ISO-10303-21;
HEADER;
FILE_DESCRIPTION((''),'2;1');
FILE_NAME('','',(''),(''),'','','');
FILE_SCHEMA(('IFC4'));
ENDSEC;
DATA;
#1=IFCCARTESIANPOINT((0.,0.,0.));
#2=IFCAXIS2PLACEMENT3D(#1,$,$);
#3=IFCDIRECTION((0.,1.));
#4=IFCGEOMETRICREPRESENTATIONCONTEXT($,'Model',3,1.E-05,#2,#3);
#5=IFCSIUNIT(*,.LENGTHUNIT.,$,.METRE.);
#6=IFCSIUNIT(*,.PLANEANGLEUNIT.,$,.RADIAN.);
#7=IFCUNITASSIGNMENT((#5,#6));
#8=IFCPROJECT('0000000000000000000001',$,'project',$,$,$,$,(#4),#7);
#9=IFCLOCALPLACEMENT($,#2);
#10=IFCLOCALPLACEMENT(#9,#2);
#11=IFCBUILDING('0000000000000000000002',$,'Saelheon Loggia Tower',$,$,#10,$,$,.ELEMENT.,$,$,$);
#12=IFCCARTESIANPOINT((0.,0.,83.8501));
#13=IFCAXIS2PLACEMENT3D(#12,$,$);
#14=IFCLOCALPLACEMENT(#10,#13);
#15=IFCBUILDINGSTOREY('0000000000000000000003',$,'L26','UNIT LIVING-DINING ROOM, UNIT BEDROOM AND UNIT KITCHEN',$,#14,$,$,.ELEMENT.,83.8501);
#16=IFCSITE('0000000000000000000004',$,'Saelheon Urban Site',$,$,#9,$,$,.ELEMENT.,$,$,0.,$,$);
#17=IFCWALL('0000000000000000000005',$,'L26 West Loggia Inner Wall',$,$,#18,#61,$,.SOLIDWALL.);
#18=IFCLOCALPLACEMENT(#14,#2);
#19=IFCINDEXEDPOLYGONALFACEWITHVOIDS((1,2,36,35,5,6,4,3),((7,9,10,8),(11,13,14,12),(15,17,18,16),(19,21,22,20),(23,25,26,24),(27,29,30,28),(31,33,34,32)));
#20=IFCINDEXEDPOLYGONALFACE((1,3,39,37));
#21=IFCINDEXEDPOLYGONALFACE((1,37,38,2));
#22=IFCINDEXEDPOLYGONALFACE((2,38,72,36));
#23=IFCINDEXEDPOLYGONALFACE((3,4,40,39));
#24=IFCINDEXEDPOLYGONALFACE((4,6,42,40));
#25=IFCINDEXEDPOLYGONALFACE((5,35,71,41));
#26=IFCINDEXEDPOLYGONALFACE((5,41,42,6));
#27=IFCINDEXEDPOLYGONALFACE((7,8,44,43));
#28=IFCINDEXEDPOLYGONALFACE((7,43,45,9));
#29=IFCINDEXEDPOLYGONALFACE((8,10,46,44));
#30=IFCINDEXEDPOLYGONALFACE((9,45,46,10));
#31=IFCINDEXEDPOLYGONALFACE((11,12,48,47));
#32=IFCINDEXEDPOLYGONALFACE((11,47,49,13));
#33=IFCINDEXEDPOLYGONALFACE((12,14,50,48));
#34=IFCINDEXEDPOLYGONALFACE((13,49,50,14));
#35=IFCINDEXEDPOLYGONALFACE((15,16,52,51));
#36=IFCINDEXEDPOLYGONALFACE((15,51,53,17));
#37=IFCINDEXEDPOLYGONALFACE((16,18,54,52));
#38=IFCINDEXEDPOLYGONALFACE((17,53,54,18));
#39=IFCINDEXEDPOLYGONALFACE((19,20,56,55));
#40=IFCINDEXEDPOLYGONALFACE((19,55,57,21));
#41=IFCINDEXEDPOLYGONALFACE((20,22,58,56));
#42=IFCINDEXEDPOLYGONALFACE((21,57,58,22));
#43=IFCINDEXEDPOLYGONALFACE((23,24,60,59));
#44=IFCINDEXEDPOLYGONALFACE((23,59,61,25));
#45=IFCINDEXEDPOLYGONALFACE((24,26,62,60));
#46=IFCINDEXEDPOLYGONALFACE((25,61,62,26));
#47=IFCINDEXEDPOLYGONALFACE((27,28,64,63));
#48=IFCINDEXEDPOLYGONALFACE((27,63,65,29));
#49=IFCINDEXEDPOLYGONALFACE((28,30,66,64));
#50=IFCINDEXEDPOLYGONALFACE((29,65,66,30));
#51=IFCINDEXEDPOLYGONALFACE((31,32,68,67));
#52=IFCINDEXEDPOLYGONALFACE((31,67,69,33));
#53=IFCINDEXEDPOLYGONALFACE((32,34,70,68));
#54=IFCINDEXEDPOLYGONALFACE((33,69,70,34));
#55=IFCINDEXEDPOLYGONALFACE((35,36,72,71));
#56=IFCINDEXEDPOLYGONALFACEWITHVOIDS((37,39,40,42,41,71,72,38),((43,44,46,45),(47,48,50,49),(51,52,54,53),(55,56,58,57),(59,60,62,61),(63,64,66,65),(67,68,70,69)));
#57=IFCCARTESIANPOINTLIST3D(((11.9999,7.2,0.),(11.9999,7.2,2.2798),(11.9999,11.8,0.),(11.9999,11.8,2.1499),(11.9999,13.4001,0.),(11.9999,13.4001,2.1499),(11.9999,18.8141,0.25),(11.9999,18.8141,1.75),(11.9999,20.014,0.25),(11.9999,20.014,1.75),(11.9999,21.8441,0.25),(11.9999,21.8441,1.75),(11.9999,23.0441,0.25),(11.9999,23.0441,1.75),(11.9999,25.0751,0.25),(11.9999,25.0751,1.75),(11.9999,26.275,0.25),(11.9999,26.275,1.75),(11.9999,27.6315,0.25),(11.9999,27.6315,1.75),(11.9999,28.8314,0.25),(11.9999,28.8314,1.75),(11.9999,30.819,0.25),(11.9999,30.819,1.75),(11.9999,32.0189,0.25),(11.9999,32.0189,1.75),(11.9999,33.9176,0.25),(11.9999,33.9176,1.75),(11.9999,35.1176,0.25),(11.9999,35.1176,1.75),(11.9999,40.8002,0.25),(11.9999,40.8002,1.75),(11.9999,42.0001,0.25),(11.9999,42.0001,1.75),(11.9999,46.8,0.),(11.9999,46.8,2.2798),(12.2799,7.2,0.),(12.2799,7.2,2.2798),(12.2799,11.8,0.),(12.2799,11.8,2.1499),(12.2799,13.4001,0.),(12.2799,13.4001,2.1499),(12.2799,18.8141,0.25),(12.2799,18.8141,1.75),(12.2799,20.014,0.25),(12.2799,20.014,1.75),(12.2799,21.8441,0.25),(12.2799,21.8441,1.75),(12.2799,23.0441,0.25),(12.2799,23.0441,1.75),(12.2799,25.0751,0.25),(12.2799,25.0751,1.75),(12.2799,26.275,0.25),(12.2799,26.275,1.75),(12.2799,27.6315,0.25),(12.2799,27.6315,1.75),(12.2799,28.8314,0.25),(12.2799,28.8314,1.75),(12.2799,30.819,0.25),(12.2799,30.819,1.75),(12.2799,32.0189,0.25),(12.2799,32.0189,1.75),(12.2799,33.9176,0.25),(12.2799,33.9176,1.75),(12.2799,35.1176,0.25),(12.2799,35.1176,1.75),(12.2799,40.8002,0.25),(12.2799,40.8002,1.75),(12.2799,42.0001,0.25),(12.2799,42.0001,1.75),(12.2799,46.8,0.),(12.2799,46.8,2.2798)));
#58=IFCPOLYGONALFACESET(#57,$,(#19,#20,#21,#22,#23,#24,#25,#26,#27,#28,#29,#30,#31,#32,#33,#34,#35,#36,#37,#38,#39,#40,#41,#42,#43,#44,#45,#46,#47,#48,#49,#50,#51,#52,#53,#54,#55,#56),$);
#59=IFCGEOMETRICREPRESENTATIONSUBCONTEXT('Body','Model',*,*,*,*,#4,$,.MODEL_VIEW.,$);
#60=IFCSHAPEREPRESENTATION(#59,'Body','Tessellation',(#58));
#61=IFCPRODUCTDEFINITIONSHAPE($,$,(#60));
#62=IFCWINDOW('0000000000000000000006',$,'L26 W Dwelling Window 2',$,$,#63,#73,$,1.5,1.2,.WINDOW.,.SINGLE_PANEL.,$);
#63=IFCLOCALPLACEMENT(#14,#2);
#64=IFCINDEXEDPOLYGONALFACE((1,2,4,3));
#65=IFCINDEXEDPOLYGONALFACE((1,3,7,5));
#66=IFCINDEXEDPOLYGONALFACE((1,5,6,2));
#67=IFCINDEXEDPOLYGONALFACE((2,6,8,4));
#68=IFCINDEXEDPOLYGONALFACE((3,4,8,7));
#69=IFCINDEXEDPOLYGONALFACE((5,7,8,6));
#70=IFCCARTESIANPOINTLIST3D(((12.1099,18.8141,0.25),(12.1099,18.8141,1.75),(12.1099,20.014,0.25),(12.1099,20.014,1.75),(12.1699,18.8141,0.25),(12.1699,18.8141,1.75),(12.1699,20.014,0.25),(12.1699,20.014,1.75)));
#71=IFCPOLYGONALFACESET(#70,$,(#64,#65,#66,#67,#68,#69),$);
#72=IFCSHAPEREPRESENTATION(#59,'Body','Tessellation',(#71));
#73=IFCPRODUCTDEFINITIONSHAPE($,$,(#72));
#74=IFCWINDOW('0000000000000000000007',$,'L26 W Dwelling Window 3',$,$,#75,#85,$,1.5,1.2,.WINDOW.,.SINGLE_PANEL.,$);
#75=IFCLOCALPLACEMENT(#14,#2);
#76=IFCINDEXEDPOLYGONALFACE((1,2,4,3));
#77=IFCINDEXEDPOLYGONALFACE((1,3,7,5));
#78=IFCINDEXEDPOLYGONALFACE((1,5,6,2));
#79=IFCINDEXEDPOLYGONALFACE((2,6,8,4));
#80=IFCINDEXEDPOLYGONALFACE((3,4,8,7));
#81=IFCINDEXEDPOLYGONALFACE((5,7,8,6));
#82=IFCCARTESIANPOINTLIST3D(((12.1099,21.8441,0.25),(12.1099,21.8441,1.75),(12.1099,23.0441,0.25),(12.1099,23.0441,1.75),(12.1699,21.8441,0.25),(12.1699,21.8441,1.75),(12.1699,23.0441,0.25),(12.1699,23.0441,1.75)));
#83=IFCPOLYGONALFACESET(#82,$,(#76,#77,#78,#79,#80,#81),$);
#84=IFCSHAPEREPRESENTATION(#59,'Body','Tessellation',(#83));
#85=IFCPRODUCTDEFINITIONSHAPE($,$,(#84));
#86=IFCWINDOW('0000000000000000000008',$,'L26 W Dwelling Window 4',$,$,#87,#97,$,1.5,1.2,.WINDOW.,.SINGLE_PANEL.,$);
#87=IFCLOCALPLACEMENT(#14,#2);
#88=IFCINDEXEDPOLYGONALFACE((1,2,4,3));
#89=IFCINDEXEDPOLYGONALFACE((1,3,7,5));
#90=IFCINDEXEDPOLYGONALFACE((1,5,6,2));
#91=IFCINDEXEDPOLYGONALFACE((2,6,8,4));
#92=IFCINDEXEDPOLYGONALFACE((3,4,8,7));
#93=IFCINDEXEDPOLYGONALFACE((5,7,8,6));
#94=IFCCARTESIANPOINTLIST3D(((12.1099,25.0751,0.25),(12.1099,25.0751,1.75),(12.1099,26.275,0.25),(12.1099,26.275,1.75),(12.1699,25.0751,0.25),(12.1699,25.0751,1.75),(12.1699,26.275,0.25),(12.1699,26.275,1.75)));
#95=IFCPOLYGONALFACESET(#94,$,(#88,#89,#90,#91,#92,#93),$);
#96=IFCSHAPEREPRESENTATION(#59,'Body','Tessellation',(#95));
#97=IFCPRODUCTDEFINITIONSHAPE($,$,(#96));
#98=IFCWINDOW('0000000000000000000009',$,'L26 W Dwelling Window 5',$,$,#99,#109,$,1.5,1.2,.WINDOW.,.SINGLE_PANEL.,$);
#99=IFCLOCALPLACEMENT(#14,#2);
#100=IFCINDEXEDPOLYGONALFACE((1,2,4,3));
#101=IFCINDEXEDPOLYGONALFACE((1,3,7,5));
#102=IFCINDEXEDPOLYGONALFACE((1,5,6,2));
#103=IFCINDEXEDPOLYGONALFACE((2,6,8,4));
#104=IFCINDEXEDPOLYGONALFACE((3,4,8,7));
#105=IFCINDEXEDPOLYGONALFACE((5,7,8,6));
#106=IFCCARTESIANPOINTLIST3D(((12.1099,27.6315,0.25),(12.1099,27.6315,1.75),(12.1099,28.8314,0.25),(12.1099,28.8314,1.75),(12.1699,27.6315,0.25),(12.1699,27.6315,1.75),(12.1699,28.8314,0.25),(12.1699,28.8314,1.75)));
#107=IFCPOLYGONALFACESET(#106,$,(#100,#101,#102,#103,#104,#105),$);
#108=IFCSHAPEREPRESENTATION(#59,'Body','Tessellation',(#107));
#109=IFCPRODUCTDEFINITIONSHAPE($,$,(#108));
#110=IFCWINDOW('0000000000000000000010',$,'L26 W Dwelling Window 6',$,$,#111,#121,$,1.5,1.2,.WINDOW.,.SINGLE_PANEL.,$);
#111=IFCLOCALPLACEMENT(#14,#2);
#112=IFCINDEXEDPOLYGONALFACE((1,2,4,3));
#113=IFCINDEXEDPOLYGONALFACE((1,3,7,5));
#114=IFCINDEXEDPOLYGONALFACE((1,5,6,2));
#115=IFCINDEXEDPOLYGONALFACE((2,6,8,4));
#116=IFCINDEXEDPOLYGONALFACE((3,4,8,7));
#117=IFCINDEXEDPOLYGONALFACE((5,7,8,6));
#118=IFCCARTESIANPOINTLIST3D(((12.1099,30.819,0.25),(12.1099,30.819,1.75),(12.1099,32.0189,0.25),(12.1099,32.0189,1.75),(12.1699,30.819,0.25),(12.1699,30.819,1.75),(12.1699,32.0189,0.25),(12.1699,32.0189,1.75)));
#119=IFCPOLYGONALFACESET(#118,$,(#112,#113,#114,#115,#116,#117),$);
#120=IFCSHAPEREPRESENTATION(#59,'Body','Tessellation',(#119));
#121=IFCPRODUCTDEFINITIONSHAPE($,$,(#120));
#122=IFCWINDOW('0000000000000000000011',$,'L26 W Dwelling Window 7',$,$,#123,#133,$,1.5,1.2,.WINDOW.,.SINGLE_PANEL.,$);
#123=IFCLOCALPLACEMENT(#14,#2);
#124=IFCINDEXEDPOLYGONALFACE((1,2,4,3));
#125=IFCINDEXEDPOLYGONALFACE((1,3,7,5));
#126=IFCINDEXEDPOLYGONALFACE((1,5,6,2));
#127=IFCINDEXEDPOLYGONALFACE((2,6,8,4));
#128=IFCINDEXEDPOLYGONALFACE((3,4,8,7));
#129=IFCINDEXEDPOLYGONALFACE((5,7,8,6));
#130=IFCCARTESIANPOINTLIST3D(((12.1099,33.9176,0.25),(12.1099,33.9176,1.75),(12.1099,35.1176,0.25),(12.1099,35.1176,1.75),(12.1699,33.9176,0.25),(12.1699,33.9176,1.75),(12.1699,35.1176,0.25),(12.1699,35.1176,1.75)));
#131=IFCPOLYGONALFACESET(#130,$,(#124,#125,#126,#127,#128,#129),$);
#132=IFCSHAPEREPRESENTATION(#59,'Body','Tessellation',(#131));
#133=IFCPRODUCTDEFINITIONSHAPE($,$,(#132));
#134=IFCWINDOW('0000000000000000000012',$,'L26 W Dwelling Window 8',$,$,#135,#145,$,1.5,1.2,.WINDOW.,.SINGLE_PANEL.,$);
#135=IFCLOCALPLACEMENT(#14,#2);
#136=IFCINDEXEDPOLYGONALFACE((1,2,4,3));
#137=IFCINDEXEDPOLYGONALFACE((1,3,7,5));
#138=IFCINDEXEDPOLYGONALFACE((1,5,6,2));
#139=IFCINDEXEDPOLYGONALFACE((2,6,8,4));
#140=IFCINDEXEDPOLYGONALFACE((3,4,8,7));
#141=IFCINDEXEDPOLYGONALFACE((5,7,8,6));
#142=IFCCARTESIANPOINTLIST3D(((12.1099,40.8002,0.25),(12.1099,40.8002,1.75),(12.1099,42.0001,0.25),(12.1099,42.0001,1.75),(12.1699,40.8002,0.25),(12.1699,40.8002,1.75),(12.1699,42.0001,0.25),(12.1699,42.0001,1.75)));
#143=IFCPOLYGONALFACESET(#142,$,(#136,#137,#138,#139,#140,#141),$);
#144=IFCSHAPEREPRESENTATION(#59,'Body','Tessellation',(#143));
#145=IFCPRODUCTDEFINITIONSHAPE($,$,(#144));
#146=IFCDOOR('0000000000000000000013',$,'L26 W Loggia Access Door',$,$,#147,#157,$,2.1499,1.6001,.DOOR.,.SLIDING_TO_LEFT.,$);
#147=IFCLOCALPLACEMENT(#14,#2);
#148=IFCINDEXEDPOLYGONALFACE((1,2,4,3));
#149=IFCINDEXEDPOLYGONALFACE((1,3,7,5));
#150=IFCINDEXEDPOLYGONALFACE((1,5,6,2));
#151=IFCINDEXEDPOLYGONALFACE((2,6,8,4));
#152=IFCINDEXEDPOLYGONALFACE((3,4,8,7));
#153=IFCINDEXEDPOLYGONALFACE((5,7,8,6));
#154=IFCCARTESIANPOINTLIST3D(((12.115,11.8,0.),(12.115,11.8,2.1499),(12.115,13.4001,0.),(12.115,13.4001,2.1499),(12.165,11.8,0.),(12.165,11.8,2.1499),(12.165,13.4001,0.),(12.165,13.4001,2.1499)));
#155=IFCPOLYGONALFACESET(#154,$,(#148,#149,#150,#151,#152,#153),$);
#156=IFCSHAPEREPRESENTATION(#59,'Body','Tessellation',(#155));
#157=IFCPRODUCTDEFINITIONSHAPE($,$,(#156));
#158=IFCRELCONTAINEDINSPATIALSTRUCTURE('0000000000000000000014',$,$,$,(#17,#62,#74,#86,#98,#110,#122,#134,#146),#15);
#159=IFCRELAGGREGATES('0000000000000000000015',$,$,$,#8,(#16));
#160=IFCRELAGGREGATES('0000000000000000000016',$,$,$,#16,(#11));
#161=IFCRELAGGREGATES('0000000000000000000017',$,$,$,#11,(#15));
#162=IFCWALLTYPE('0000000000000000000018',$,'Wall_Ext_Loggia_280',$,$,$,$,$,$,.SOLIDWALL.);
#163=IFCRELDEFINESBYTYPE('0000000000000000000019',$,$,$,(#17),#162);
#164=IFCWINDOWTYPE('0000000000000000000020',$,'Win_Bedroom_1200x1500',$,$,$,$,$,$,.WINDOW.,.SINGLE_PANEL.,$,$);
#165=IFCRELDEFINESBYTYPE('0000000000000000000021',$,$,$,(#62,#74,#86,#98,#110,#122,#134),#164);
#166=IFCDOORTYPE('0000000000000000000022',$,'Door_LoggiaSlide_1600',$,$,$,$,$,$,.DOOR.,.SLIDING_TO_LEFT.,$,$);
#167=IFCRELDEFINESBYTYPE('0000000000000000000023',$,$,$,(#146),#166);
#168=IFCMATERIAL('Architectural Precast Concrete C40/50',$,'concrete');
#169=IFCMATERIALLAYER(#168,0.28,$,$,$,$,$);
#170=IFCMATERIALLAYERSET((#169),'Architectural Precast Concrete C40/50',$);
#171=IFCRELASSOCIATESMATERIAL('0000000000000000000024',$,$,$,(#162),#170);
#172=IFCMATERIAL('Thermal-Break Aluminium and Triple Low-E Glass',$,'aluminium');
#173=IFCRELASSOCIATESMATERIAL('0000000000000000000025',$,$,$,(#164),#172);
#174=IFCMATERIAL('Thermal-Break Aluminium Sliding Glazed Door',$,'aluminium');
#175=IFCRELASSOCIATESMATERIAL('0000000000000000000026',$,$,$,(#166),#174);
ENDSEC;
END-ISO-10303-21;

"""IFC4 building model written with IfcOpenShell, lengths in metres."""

from ifc_helpers import new_model, si_unit, direction, frame, frame_2d, origin, place, context, subcontext, project, spatial, rectangle, extrude, source, transform, mapped, material, layer, layer_set, type_object, element, fill, save


model = new_model("IFC4")

# Units and contexts
model_context = context("Model", 3, precision=1e-05, world=origin(), true_north=direction((0.0, 1.0)))
body_context = subcontext(model_context, "Body", "Model", "MODEL_VIEW")
ifc_project = project(units=[si_unit("LENGTHUNIT", "METRE"), si_unit("PLANEANGLEUNIT", "RADIAN")], contexts=[model_context])

# Site, building, storey
site_placement = place(None, origin())
site = spatial("IfcSite", under=ifc_project, at=site_placement, Name="Saelheon Urban Site", CompositionType="ELEMENT", RefElevation=0.0)
building_placement = place(site_placement, origin())
building = spatial("IfcBuilding", under=site, at=building_placement, Name="Saelheon Loggia Tower", CompositionType="ELEMENT")
storey_placement = place(building_placement, frame((0.0, 0.0, 83.8501)))
storey = spatial("IfcBuildingStorey", under=building, at=storey_placement, Name="L26", Description="UNIT LIVING-DINING ROOM, UNIT BEDROOM AND UNIT KITCHEN", CompositionType="ELEMENT", Elevation=83.8501)

# Wall, openings, windows, door
ifc_material_1 = material(Name="Architectural Precast Concrete C40/50", Category="concrete")
ifc_layer_1 = layer(ifc_material_1, 0.28)
ifc_layer_set_1 = layer_set([ifc_layer_1], Name="Architectural Precast Concrete C40/50")
wall_type = type_object("IfcWallType", Name="Wall_Ext_Loggia_280", PredefinedType="SOLIDWALL", material=ifc_layer_set_1)
wall_1_placement = place(storey_placement, frame((12.1399, 7.2, 0.0), z_axis=(0.0, 0.0, 1.0), x_axis=(0.0, 1.0, 0.0)))
wall_1 = element("IfcWall", 1, at=wall_1_placement, inside=storey, type_object=wall_type, Name="L26 West Loggia Inner Wall", PredefinedType="SOLIDWALL", context=body_context, shape_type="SweptSolid", body=[
    extrude(rectangle(XDim=39.6001, YDim=0.28, at=frame_2d((19.8, 0.0))), origin(), (0.0, 0.0, 1.0), 2.2798),
])
opening_1_placement = place(wall_1_placement, frame((4.6001, 0.0, 0.0)))
opening_1 = element("IfcOpeningElement", 2, at=opening_1_placement, cuts=wall_1, PredefinedType="OPENING", context=body_context, shape_type="SweptSolid", body=[
    extrude(rectangle(XDim=1.6001, YDim=2.1499, at=frame_2d((0.8, 1.075))), frame((0.0, 0.1521, 0.0), z_axis=(0.0, -1.0, 0.0), x_axis=(1.0, 0.0, 0.0)), (0.0, 0.0, 1.0), 0.304),
])
opening_2_placement = place(wall_1_placement, frame((11.614, 0.0, 0.25)))
opening_2 = element("IfcOpeningElement", 3, at=opening_2_placement, cuts=wall_1, PredefinedType="OPENING", context=body_context, shape_type="SweptSolid", body=[
    extrude(rectangle(XDim=1.2, YDim=1.5, at=frame_2d((0.6001, 0.75))), frame((0.0, 0.1521, 0.0), z_axis=(0.0, -1.0, 0.0), x_axis=(1.0, 0.0, 0.0)), (0.0, 0.0, 1.0), 0.304),
])
opening_3_placement = place(wall_1_placement, frame((14.644, 0.0, 0.25)))
opening_3 = element("IfcOpeningElement", 4, at=opening_3_placement, cuts=wall_1, PredefinedType="OPENING", context=body_context, shape_type="SweptSolid", body=[
    extrude(rectangle(XDim=1.2, YDim=1.5, at=frame_2d((0.6001, 0.75))), frame((0.0, 0.1521, 0.0), z_axis=(0.0, -1.0, 0.0), x_axis=(1.0, 0.0, 0.0)), (0.0, 0.0, 1.0), 0.304),
])
opening_4_placement = place(wall_1_placement, frame((17.875, 0.0, 0.25)))
opening_4 = element("IfcOpeningElement", 5, at=opening_4_placement, cuts=wall_1, PredefinedType="OPENING", context=body_context, shape_type="SweptSolid", body=[
    extrude(rectangle(XDim=1.2, YDim=1.5, at=frame_2d((0.6001, 0.75))), frame((0.0, 0.1521, 0.0), z_axis=(0.0, -1.0, 0.0), x_axis=(1.0, 0.0, 0.0)), (0.0, 0.0, 1.0), 0.304),
])
opening_5_placement = place(wall_1_placement, frame((20.4314, 0.0, 0.25)))
opening_5 = element("IfcOpeningElement", 6, at=opening_5_placement, cuts=wall_1, PredefinedType="OPENING", context=body_context, shape_type="SweptSolid", body=[
    extrude(rectangle(XDim=1.2, YDim=1.5, at=frame_2d((0.6001, 0.75))), frame((0.0, 0.1521, 0.0), z_axis=(0.0, -1.0, 0.0), x_axis=(1.0, 0.0, 0.0)), (0.0, 0.0, 1.0), 0.304),
])
opening_6_placement = place(wall_1_placement, frame((23.6189, 0.0, 0.25)))
opening_6 = element("IfcOpeningElement", 7, at=opening_6_placement, cuts=wall_1, PredefinedType="OPENING", context=body_context, shape_type="SweptSolid", body=[
    extrude(rectangle(XDim=1.2, YDim=1.5, at=frame_2d((0.6001, 0.75))), frame((0.0, 0.1521, 0.0), z_axis=(0.0, -1.0, 0.0), x_axis=(1.0, 0.0, 0.0)), (0.0, 0.0, 1.0), 0.304),
])
opening_7_placement = place(wall_1_placement, frame((26.7175, 0.0, 0.25)))
opening_7 = element("IfcOpeningElement", 8, at=opening_7_placement, cuts=wall_1, PredefinedType="OPENING", context=body_context, shape_type="SweptSolid", body=[
    extrude(rectangle(XDim=1.2, YDim=1.5, at=frame_2d((0.6001, 0.75))), frame((0.0, 0.1521, 0.0), z_axis=(0.0, -1.0, 0.0), x_axis=(1.0, 0.0, 0.0)), (0.0, 0.0, 1.0), 0.304),
])
opening_8_placement = place(wall_1_placement, frame((33.6001, 0.0, 0.25)))
opening_8 = element("IfcOpeningElement", 9, at=opening_8_placement, cuts=wall_1, PredefinedType="OPENING", context=body_context, shape_type="SweptSolid", body=[
    extrude(rectangle(XDim=1.2, YDim=1.5, at=frame_2d((0.6001, 0.75))), frame((0.0, 0.1521, 0.0), z_axis=(0.0, -1.0, 0.0), x_axis=(1.0, 0.0, 0.0)), (0.0, 0.0, 1.0), 0.304),
])
ifc_material_2 = material(Name="Thermal-Break Aluminium and Triple Low-E Glass", Category="aluminium")
window_type = type_object("IfcWindowType", Name="Win_Bedroom_1200x1500", PartitioningType="SINGLE_PANEL", PredefinedType="WINDOW", material=ifc_material_2)
shared_shape_1 = source(origin(), body_context, "Body", "SweptSolid", [
    extrude(rectangle(XDim=1.2, YDim=1.5, at=frame_2d((0.6001, 0.75))), frame((0.0, 0.03, 0.0), z_axis=(0.0, -1.0, 0.0), x_axis=(1.0, 0.0, 0.0)), (0.0, 0.0, 1.0), 0.0601),
])
window_1_placement = place(opening_2_placement, origin())
window_1 = element("IfcWindow", 10, at=window_1_placement, inside=storey, type_object=window_type, Name="L26 W Dwelling Window 2", OverallHeight=1.5, OverallWidth=1.2, PartitioningType="SINGLE_PANEL", PredefinedType="WINDOW", context=body_context, shape_type="MappedRepresentation", body=[
    mapped(shared_shape_1, transform((0.0, 0.0, 0.0), scale=1.0)),
])
fill(opening_2, window_1)
window_2_placement = place(opening_3_placement, origin())
window_2 = element("IfcWindow", 11, at=window_2_placement, inside=storey, type_object=window_type, Name="L26 W Dwelling Window 3", OverallHeight=1.5, OverallWidth=1.2, PartitioningType="SINGLE_PANEL", PredefinedType="WINDOW", context=body_context, shape_type="MappedRepresentation", body=[
    mapped(shared_shape_1, transform((0.0, 0.0, 0.0), scale=1.0)),
])
fill(opening_3, window_2)
window_3_placement = place(opening_4_placement, origin())
window_3 = element("IfcWindow", 12, at=window_3_placement, inside=storey, type_object=window_type, Name="L26 W Dwelling Window 4", OverallHeight=1.5, OverallWidth=1.2, PartitioningType="SINGLE_PANEL", PredefinedType="WINDOW", context=body_context, shape_type="MappedRepresentation", body=[
    mapped(shared_shape_1, transform((0.0, 0.0, 0.0), scale=1.0)),
])
fill(opening_4, window_3)
window_4_placement = place(opening_5_placement, origin())
window_4 = element("IfcWindow", 13, at=window_4_placement, inside=storey, type_object=window_type, Name="L26 W Dwelling Window 5", OverallHeight=1.5, OverallWidth=1.2, PartitioningType="SINGLE_PANEL", PredefinedType="WINDOW", context=body_context, shape_type="MappedRepresentation", body=[
    mapped(shared_shape_1, transform((0.0, 0.0, 0.0), scale=1.0)),
])
fill(opening_5, window_4)
window_5_placement = place(opening_6_placement, origin())
window_5 = element("IfcWindow", 14, at=window_5_placement, inside=storey, type_object=window_type, Name="L26 W Dwelling Window 6", OverallHeight=1.5, OverallWidth=1.2, PartitioningType="SINGLE_PANEL", PredefinedType="WINDOW", context=body_context, shape_type="MappedRepresentation", body=[
    mapped(shared_shape_1, transform((0.0, 0.0, 0.0), scale=1.0)),
])
fill(opening_6, window_5)
window_6_placement = place(opening_7_placement, origin())
window_6 = element("IfcWindow", 15, at=window_6_placement, inside=storey, type_object=window_type, Name="L26 W Dwelling Window 7", OverallHeight=1.5, OverallWidth=1.2, PartitioningType="SINGLE_PANEL", PredefinedType="WINDOW", context=body_context, shape_type="MappedRepresentation", body=[
    mapped(shared_shape_1, transform((0.0, 0.0, 0.0), scale=1.0)),
])
fill(opening_7, window_6)
window_7_placement = place(opening_8_placement, origin())
window_7 = element("IfcWindow", 16, at=window_7_placement, inside=storey, type_object=window_type, Name="L26 W Dwelling Window 8", OverallHeight=1.5, OverallWidth=1.2, PartitioningType="SINGLE_PANEL", PredefinedType="WINDOW", context=body_context, shape_type="MappedRepresentation", body=[
    mapped(shared_shape_1, transform((0.0, 0.0, 0.0), scale=1.0)),
])
fill(opening_8, window_7)
ifc_material_3 = material(Name="Thermal-Break Aluminium Sliding Glazed Door", Category="aluminium")
door_type = type_object("IfcDoorType", Name="Door_LoggiaSlide_1600", OperationType="SLIDING_TO_LEFT", PredefinedType="DOOR", material=ifc_material_3)
shared_shape_2 = source(origin(), body_context, "Body", "SweptSolid", [
    extrude(rectangle(XDim=1.6001, YDim=2.1499, at=frame_2d((0.8, 1.075))), frame((0.0, 0.0249, 0.0), z_axis=(0.0, -1.0, 0.0), x_axis=(1.0, 0.0, 0.0)), (0.0, 0.0, 1.0), 0.05),
])
door_placement = place(opening_1_placement, origin())
door = element("IfcDoor", 17, at=door_placement, inside=storey, type_object=door_type, Name="L26 W Loggia Access Door", OperationType="SLIDING_TO_LEFT", OverallHeight=2.1499, OverallWidth=1.6001, PredefinedType="DOOR", context=body_context, shape_type="MappedRepresentation", body=[
    mapped(shared_shape_2, transform((0.0, 0.0, 0.0), scale=1.0)),
])
fill(opening_1, door)

save(model, "model.ifc")
